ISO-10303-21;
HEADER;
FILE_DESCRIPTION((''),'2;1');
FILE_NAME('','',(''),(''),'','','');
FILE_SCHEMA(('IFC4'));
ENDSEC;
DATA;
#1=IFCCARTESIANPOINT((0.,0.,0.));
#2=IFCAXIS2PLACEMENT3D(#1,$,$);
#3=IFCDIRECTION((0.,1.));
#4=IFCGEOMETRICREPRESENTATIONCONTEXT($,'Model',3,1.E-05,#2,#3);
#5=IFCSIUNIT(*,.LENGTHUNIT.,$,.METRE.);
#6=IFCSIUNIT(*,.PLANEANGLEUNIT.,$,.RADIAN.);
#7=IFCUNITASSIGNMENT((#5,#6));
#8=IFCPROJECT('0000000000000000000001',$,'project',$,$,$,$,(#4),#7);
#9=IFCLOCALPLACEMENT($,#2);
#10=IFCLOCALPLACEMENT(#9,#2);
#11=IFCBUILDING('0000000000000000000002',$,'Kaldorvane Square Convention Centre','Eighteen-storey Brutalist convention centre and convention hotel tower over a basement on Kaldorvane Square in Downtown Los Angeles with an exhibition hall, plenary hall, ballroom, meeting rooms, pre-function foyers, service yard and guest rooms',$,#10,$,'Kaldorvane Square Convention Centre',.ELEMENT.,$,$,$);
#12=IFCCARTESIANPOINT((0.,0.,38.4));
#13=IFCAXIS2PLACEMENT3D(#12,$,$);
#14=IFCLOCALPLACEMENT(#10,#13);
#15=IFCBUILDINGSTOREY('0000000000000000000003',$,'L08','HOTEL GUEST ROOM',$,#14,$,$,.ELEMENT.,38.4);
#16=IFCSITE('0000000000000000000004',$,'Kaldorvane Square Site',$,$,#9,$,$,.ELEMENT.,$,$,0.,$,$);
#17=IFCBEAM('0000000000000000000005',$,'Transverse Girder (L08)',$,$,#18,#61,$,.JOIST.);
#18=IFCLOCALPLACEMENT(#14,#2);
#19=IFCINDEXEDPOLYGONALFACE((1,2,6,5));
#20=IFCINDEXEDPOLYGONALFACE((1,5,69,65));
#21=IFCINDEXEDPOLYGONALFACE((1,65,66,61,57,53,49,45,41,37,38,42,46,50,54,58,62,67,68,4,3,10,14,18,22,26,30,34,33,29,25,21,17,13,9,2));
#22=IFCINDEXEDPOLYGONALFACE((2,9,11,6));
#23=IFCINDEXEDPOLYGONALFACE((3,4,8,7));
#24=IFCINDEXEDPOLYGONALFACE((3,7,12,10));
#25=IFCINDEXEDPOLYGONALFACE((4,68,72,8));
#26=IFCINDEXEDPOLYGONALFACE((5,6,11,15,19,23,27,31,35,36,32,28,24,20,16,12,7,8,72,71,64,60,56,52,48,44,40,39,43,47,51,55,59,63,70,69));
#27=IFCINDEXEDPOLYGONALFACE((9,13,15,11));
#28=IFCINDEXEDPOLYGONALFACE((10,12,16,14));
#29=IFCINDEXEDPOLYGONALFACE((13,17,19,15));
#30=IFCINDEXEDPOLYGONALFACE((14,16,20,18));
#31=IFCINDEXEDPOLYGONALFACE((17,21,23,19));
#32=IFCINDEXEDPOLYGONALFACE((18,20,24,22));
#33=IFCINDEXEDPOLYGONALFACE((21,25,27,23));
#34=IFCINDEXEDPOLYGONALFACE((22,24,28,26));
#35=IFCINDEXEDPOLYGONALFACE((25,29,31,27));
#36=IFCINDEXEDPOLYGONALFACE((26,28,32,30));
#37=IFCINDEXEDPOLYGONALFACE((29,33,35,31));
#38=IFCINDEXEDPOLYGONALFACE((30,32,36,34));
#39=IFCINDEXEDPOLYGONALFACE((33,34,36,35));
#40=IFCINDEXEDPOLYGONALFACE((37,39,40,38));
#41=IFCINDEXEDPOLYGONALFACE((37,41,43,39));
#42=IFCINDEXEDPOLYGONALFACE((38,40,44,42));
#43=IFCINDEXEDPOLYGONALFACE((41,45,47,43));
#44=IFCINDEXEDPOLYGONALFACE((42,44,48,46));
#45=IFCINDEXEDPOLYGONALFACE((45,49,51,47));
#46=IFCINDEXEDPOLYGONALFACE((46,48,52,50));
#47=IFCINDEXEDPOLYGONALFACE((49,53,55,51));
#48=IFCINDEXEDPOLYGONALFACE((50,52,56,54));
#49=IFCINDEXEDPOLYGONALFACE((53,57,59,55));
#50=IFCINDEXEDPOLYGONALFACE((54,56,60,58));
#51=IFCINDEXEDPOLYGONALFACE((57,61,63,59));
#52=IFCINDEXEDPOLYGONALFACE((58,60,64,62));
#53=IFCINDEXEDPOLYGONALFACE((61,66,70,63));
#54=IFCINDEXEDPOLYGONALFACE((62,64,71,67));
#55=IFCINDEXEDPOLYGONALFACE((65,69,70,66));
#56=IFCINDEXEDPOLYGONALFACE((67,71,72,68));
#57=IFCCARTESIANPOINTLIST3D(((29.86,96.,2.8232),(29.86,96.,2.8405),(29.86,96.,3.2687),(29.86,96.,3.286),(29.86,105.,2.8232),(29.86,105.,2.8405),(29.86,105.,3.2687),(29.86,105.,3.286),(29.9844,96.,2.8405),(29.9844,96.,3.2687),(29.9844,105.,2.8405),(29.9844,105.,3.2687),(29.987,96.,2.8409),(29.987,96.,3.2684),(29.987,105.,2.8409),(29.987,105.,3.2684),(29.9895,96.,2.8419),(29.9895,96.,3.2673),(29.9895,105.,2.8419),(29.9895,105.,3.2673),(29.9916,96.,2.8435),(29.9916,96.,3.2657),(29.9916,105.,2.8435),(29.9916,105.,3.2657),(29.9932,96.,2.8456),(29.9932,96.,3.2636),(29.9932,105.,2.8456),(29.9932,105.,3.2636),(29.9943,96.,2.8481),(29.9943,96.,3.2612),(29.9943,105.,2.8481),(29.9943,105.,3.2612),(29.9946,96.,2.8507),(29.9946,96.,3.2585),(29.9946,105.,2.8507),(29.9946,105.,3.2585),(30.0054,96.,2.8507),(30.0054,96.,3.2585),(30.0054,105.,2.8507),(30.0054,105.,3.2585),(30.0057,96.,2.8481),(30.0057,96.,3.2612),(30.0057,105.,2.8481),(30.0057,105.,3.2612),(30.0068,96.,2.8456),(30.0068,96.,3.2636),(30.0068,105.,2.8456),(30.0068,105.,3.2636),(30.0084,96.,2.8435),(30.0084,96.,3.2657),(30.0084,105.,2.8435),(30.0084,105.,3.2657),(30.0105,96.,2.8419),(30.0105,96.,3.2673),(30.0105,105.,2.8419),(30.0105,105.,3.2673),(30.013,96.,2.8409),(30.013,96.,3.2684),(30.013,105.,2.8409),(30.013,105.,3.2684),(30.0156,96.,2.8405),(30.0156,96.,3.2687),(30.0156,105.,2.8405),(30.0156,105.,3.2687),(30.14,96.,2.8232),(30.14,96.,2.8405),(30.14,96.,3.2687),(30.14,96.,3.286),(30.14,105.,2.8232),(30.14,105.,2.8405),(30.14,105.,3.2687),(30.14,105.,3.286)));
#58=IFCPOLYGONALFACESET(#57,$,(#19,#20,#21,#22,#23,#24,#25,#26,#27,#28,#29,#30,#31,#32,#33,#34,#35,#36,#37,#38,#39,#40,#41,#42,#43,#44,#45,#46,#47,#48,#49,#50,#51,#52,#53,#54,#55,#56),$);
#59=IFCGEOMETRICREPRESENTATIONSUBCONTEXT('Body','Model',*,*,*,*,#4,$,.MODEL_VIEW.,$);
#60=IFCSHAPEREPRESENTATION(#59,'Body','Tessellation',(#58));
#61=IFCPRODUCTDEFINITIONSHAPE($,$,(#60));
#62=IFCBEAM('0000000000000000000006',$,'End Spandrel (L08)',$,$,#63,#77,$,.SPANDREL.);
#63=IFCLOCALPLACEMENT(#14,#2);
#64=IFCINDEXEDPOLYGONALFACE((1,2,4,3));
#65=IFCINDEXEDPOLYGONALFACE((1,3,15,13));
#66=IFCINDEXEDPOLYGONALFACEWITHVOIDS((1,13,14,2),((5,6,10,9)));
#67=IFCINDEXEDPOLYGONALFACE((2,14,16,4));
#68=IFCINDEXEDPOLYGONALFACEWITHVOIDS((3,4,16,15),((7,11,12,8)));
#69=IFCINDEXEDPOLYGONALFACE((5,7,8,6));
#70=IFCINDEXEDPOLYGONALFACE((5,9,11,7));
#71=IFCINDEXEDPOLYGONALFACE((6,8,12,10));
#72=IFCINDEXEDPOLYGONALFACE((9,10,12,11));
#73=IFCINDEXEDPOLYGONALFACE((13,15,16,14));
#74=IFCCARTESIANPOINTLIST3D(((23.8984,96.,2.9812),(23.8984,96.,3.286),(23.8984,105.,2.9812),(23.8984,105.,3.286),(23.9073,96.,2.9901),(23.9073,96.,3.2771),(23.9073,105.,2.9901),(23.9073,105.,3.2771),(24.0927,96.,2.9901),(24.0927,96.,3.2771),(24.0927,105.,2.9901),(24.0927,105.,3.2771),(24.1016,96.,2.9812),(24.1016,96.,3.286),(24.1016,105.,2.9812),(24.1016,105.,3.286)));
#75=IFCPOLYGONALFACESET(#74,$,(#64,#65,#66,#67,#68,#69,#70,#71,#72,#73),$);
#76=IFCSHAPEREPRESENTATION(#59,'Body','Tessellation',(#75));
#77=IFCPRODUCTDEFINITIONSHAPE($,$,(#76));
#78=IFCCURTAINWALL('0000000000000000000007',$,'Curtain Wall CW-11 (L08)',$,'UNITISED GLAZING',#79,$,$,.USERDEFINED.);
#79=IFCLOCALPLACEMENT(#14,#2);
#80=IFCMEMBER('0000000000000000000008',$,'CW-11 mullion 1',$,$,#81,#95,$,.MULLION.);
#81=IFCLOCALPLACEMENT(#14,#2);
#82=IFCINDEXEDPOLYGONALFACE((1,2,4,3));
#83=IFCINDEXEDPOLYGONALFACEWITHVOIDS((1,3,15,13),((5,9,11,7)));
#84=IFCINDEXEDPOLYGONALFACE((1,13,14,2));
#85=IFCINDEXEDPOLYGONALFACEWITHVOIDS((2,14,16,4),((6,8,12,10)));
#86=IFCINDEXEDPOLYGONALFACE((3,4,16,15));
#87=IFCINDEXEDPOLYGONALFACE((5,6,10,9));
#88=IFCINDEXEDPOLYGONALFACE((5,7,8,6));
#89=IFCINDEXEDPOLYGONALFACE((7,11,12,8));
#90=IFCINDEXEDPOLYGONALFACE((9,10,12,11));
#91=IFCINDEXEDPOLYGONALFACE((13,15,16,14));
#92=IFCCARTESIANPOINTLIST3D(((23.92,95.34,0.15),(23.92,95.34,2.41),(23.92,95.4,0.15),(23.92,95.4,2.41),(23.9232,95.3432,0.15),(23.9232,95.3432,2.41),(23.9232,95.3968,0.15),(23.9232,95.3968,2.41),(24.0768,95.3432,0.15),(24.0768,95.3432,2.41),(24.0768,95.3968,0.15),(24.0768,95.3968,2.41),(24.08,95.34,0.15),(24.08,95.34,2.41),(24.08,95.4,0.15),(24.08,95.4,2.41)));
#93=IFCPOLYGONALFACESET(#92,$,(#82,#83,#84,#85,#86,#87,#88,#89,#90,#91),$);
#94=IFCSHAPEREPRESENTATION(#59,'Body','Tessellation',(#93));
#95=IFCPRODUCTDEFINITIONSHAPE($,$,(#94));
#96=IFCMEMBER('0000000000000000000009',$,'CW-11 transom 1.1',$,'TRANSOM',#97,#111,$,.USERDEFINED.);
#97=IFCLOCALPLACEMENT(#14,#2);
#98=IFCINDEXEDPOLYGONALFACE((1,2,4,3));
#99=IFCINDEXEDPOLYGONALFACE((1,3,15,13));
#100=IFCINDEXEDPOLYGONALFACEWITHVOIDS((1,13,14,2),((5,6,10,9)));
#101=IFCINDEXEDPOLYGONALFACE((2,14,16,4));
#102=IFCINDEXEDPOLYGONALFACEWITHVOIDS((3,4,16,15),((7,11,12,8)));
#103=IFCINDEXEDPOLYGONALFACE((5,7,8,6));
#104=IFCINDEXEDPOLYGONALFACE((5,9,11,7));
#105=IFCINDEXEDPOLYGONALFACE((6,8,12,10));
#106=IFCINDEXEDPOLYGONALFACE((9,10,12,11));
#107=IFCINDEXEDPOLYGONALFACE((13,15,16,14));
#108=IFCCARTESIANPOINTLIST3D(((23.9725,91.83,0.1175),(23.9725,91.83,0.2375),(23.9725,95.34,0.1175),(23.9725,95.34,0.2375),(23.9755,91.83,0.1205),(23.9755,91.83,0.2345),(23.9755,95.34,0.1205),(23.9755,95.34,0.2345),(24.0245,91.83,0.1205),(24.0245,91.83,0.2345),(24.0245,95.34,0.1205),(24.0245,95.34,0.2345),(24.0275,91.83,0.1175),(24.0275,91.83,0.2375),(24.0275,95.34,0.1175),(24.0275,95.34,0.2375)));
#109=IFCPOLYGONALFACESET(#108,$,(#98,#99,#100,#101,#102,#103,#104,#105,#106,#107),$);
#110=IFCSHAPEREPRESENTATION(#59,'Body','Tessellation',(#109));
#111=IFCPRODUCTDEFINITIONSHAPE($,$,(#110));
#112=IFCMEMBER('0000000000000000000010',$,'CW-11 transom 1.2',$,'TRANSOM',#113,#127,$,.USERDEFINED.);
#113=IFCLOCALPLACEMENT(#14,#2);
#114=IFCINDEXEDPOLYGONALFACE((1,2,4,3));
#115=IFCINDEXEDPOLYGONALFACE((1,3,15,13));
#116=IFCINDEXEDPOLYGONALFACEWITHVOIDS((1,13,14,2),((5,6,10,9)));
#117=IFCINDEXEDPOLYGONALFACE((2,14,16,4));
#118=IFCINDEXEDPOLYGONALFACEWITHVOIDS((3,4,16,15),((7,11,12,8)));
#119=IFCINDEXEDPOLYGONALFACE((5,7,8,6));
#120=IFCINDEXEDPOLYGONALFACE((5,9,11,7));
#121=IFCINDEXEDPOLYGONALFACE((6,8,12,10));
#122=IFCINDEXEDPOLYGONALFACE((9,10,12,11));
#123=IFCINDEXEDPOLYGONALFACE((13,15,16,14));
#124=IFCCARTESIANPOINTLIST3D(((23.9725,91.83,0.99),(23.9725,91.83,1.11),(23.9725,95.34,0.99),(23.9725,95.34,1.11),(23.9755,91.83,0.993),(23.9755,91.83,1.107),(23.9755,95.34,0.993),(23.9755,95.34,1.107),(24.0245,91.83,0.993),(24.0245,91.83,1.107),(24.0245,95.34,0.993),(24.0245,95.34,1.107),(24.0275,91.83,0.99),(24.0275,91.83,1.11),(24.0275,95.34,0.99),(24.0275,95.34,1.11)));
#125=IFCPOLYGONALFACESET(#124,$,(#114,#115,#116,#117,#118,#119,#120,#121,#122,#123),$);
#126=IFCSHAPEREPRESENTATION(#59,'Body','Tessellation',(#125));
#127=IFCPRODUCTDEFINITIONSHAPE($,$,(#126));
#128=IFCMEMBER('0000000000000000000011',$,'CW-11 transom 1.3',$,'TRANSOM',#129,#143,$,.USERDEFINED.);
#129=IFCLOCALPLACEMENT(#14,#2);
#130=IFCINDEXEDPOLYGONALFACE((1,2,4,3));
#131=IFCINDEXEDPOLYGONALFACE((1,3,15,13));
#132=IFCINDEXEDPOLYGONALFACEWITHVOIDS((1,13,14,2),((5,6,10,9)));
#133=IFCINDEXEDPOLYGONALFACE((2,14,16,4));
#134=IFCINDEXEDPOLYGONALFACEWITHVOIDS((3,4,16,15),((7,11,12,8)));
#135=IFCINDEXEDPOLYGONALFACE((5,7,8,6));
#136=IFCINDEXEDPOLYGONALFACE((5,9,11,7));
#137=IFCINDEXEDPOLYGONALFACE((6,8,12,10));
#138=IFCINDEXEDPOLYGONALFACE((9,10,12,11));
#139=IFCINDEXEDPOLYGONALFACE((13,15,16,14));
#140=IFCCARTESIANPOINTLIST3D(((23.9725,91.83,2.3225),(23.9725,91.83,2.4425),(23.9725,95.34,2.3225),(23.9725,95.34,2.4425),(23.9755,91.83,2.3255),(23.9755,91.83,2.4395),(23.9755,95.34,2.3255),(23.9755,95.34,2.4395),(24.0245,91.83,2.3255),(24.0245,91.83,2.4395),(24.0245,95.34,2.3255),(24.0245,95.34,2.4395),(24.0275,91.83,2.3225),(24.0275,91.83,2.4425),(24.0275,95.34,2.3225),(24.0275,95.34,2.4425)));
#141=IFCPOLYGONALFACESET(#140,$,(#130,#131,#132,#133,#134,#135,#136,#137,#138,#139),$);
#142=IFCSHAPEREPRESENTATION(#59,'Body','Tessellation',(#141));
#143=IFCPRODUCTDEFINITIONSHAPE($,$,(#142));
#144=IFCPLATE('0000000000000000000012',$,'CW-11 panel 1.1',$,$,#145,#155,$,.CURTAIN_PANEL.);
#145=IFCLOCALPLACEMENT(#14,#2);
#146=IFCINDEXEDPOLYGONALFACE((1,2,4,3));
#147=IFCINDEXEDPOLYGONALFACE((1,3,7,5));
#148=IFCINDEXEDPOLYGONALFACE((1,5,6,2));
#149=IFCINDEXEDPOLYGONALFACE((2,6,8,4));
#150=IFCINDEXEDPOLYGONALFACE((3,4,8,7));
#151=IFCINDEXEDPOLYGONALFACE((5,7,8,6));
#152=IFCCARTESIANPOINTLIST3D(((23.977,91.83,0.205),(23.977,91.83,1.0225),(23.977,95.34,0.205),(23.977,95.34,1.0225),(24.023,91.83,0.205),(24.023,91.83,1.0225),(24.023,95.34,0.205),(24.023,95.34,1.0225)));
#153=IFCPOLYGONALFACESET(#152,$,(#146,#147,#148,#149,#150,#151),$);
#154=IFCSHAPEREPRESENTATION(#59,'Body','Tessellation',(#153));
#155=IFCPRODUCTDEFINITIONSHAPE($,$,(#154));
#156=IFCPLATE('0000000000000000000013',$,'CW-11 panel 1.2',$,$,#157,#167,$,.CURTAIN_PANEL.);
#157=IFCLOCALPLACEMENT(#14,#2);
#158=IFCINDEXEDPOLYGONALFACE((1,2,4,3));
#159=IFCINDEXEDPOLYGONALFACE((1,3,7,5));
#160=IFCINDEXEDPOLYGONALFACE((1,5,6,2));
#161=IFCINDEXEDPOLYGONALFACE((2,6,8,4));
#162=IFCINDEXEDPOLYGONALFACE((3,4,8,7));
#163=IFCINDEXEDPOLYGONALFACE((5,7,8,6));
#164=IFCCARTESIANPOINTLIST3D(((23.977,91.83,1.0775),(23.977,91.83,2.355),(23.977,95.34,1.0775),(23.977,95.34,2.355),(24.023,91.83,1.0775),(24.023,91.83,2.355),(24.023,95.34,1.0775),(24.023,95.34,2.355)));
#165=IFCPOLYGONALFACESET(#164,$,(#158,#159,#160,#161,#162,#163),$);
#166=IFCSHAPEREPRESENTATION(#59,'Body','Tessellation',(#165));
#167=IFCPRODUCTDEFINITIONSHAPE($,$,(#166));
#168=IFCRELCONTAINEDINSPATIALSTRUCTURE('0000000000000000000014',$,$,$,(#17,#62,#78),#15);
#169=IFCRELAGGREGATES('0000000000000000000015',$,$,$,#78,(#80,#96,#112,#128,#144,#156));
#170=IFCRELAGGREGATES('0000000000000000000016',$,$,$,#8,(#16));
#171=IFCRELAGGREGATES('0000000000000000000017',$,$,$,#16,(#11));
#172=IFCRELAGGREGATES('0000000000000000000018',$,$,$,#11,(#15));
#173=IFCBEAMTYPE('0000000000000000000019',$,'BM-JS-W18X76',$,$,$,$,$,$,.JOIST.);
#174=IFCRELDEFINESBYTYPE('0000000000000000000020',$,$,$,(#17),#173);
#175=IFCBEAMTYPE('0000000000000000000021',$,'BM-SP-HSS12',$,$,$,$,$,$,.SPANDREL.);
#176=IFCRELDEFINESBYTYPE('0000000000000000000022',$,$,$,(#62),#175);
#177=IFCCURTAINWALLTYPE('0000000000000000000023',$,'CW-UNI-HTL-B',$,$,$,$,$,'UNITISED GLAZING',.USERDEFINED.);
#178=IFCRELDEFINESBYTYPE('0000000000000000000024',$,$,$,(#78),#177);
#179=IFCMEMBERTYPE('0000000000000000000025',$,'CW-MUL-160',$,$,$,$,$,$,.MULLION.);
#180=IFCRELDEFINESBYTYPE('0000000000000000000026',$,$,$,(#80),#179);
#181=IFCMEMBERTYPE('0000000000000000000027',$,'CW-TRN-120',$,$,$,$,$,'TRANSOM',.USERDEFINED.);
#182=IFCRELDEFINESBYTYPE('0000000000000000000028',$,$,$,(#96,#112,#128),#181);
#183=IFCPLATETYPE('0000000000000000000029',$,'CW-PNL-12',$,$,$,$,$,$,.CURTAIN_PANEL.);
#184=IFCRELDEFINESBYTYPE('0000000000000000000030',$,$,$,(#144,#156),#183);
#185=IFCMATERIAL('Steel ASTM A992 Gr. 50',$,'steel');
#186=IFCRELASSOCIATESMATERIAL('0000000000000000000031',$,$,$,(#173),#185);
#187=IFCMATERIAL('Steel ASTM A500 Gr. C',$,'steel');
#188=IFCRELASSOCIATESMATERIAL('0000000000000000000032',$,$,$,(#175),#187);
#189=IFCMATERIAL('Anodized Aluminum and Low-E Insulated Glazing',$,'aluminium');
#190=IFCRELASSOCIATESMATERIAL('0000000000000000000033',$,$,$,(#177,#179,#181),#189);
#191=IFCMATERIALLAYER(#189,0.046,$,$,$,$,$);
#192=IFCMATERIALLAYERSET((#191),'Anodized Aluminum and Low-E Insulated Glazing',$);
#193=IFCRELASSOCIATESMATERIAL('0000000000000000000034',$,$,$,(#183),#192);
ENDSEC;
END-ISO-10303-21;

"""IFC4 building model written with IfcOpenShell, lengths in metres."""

from ifc_helpers import new_model, si_unit, direction, frame, origin, origin_2d, place, context, subcontext, project, spatial, rectangle, hollow_rectangle, i_section, extrude, material, layer, layer_set, material_profile, profile_set, type_object, element, aggregate, save


model = new_model("IFC4")

# Units and contexts
model_context = context("Model", 3, precision=1e-05, world=origin(), true_north=direction((0.0, 1.0)))
body_context = subcontext(model_context, "Body", "Model", "MODEL_VIEW")
ifc_project = project(units=[si_unit("LENGTHUNIT", "METRE"), si_unit("PLANEANGLEUNIT", "RADIAN")], contexts=[model_context])

# Site, building, storey
site_placement = place(None, origin())
site = spatial("IfcSite", under=ifc_project, at=site_placement, Name="Kaldorvane Square Site", CompositionType="ELEMENT", RefElevation=0.0)
building_placement = place(site_placement, origin())
building = spatial("IfcBuilding", under=site, at=building_placement, Name="Kaldorvane Square Convention Centre", Description="Eighteen-storey Brutalist convention centre and convention hotel tower over a basement on Kaldorvane Square in Downtown Los Angeles with an exhibition hall, plenary hall, ballroom, meeting rooms, pre-function foyers, service yard and guest rooms", LongName="Kaldorvane Square Convention Centre", CompositionType="ELEMENT")
storey_placement = place(building_placement, frame((0.0, 0.0, 38.4)))
storey = spatial("IfcBuildingStorey", under=building, at=storey_placement, Name="L08", Description="HOTEL GUEST ROOM", CompositionType="ELEMENT", Elevation=38.4)

# Shared definitions
ifc_material_1 = material(Name="Steel ASTM A992 Gr. 50", Category="steel")

# Beams
ifc_material_profile_1 = material_profile(ifc_material_1, i_section(OverallWidth=0.2799, OverallDepth=0.4628, WebThickness=0.0108, FlangeThickness=0.0173, FilletRadius=0.0102, at=origin_2d()), Name="W18X76")
ifc_profile_set_1 = profile_set([ifc_material_profile_1], Name="Steel ASTM A992 Gr. 50")
beam_type_1 = type_object("IfcBeamType", Name="BM-JS-W18X76", PredefinedType="JOIST", material=ifc_profile_set_1)
beam_1_placement = place(storey_placement, frame((30.0, 96.0, 3.0546), z_axis=(0.0, 1.0, 0.0), x_axis=(-1.0, 0.0, 0.0)))
element("IfcBeam", 1, at=beam_1_placement, inside=storey, type_object=beam_type_1, Name="Transverse Girder (L08)", PredefinedType="JOIST", context=body_context, shape_type="SweptSolid", body=[
    extrude(i_section(OverallWidth=0.2799, OverallDepth=0.4628, WebThickness=0.0108, FlangeThickness=0.0173, FilletRadius=0.0102, at=origin_2d()), origin(), (0.0, 0.0, 1.0), 9.0),
])
ifc_material_2 = material(Name="Steel ASTM A500 Gr. C", Category="steel")
ifc_material_profile_2 = material_profile(ifc_material_2, hollow_rectangle(XDim=0.2032, YDim=0.3048, WallThickness=0.0089, at=origin_2d()), Name="HSS12X8X3/8")
ifc_profile_set_2 = profile_set([ifc_material_profile_2], Name="Steel ASTM A500 Gr. C")
beam_type_2 = type_object("IfcBeamType", Name="BM-SP-HSS12", PredefinedType="SPANDREL", material=ifc_profile_set_2)
beam_2_placement = place(storey_placement, frame((24.0, 96.0, 3.1336), z_axis=(0.0, 1.0, 0.0), x_axis=(-1.0, 0.0, 0.0)))
element("IfcBeam", 2, at=beam_2_placement, inside=storey, type_object=beam_type_2, Name="End Spandrel (L08)", PredefinedType="SPANDREL", context=body_context, shape_type="SweptSolid", body=[
    extrude(hollow_rectangle(XDim=0.2032, YDim=0.3048, WallThickness=0.0089, at=origin_2d()), origin(), (0.0, 0.0, 1.0), 9.0),
])

# Curtain wall, members, plates
ifc_material_3 = material(Name="Anodized Aluminum and Low-E Insulated Glazing", Category="aluminium")
curtain_wall_type = type_object("IfcCurtainWallType", Name="CW-UNI-HTL-B", ElementType="UNITISED GLAZING", PredefinedType="USERDEFINED", material=ifc_material_3)
curtain_wall_placement = place(storey_placement, origin())
curtain_wall = element("IfcCurtainWall", 3, at=curtain_wall_placement, inside=storey, type_object=curtain_wall_type, Name="Curtain Wall CW-11 (L08)", ObjectType="UNITISED GLAZING", PredefinedType="USERDEFINED")
ifc_material_profile_3 = material_profile(ifc_material_3, hollow_rectangle(XDim=0.06, YDim=0.16, WallThickness=0.0032, at=origin_2d()), Name="CWM-160X60")
ifc_profile_set_3 = profile_set([ifc_material_profile_3], Name="Anodized Aluminum and Low-E Insulated Glazing")
member_type_1 = type_object("IfcMemberType", Name="CW-MUL-160", PredefinedType="MULLION", material=ifc_profile_set_3)
member_1_placement = place(storey_placement, frame((24.0, 95.37, 0.15), z_axis=(0.0, 0.0, 1.0), x_axis=(0.0, -1.0, 0.0)))
member_1 = element("IfcMember", 4, at=member_1_placement, type_object=member_type_1, Name="CW-11 mullion 1", PredefinedType="MULLION", context=body_context, shape_type="SweptSolid", body=[
    extrude(hollow_rectangle(XDim=0.06, YDim=0.16, WallThickness=0.0032, at=origin_2d()), origin(), (0.0, 0.0, 1.0), 2.26),
])
ifc_material_profile_4 = material_profile(ifc_material_3, hollow_rectangle(XDim=0.055, YDim=0.12, WallThickness=0.003, at=origin_2d()), Name="CWT-120X55")
ifc_profile_set_4 = profile_set([ifc_material_profile_4], Name="Anodized Aluminum and Low-E Insulated Glazing")
member_type_2 = type_object("IfcMemberType", Name="CW-TRN-120", ElementType="TRANSOM", PredefinedType="USERDEFINED", material=ifc_profile_set_4)
member_2_placement = place(storey_placement, frame((24.0, 95.34, 0.1775), z_axis=(0.0, -1.0, 0.0), x_axis=(1.0, 0.0, 0.0)))
member_2 = element("IfcMember", 5, at=member_2_placement, type_object=member_type_2, Name="CW-11 transom 1.1", ObjectType="TRANSOM", PredefinedType="USERDEFINED", context=body_context, shape_type="SweptSolid", body=[
    extrude(hollow_rectangle(XDim=0.055, YDim=0.12, WallThickness=0.003, at=origin_2d()), origin(), (0.0, 0.0, 1.0), 3.51),
])
member_3_placement = place(storey_placement, frame((24.0, 95.34, 1.05), z_axis=(0.0, -1.0, 0.0), x_axis=(1.0, 0.0, 0.0)))
member_3 = element("IfcMember", 6, at=member_3_placement, type_object=member_type_2, Name="CW-11 transom 1.2", ObjectType="TRANSOM", PredefinedType="USERDEFINED", context=body_context, shape_type="SweptSolid", body=[
    extrude(hollow_rectangle(XDim=0.055, YDim=0.12, WallThickness=0.003, at=origin_2d()), origin(), (0.0, 0.0, 1.0), 3.51),
])
member_4_placement = place(storey_placement, frame((24.0, 95.34, 2.3825), z_axis=(0.0, -1.0, 0.0), x_axis=(1.0, 0.0, 0.0)))
member_4 = element("IfcMember", 7, at=member_4_placement, type_object=member_type_2, Name="CW-11 transom 1.3", ObjectType="TRANSOM", PredefinedType="USERDEFINED", context=body_context, shape_type="SweptSolid", body=[
    extrude(hollow_rectangle(XDim=0.055, YDim=0.12, WallThickness=0.003, at=origin_2d()), origin(), (0.0, 0.0, 1.0), 3.51),
])
ifc_layer_1 = layer(ifc_material_3, 0.046)
ifc_layer_set_1 = layer_set([ifc_layer_1], Name="Anodized Aluminum and Low-E Insulated Glazing")
plate_type = type_object("IfcPlateType", Name="CW-PNL-12", PredefinedType="CURTAIN_PANEL", material=ifc_layer_set_1)
plate_1_placement = place(storey_placement, frame((24.0, 93.585, 0.205), z_axis=(0.0, 0.0, 1.0), x_axis=(0.0, -1.0, 0.0)))
plate_1 = element("IfcPlate", 8, at=plate_1_placement, type_object=plate_type, Name="CW-11 panel 1.1", PredefinedType="CURTAIN_PANEL", context=body_context, shape_type="SweptSolid", body=[
    extrude(rectangle(XDim=3.51, YDim=0.046, at=origin_2d()), origin(), (0.0, 0.0, 1.0), 0.8175),
])
plate_2_placement = place(storey_placement, frame((24.0, 93.585, 1.0775), z_axis=(0.0, 0.0, 1.0), x_axis=(0.0, -1.0, 0.0)))
plate_2 = element("IfcPlate", 9, at=plate_2_placement, type_object=plate_type, Name="CW-11 panel 1.2", PredefinedType="CURTAIN_PANEL", context=body_context, shape_type="SweptSolid", body=[
    extrude(rectangle(XDim=3.51, YDim=0.046, at=origin_2d()), origin(), (0.0, 0.0, 1.0), 1.2775),
])
aggregate(curtain_wall, [member_1, member_2, member_3, member_4, plate_1, plate_2])

save(model, "model.ifc")
